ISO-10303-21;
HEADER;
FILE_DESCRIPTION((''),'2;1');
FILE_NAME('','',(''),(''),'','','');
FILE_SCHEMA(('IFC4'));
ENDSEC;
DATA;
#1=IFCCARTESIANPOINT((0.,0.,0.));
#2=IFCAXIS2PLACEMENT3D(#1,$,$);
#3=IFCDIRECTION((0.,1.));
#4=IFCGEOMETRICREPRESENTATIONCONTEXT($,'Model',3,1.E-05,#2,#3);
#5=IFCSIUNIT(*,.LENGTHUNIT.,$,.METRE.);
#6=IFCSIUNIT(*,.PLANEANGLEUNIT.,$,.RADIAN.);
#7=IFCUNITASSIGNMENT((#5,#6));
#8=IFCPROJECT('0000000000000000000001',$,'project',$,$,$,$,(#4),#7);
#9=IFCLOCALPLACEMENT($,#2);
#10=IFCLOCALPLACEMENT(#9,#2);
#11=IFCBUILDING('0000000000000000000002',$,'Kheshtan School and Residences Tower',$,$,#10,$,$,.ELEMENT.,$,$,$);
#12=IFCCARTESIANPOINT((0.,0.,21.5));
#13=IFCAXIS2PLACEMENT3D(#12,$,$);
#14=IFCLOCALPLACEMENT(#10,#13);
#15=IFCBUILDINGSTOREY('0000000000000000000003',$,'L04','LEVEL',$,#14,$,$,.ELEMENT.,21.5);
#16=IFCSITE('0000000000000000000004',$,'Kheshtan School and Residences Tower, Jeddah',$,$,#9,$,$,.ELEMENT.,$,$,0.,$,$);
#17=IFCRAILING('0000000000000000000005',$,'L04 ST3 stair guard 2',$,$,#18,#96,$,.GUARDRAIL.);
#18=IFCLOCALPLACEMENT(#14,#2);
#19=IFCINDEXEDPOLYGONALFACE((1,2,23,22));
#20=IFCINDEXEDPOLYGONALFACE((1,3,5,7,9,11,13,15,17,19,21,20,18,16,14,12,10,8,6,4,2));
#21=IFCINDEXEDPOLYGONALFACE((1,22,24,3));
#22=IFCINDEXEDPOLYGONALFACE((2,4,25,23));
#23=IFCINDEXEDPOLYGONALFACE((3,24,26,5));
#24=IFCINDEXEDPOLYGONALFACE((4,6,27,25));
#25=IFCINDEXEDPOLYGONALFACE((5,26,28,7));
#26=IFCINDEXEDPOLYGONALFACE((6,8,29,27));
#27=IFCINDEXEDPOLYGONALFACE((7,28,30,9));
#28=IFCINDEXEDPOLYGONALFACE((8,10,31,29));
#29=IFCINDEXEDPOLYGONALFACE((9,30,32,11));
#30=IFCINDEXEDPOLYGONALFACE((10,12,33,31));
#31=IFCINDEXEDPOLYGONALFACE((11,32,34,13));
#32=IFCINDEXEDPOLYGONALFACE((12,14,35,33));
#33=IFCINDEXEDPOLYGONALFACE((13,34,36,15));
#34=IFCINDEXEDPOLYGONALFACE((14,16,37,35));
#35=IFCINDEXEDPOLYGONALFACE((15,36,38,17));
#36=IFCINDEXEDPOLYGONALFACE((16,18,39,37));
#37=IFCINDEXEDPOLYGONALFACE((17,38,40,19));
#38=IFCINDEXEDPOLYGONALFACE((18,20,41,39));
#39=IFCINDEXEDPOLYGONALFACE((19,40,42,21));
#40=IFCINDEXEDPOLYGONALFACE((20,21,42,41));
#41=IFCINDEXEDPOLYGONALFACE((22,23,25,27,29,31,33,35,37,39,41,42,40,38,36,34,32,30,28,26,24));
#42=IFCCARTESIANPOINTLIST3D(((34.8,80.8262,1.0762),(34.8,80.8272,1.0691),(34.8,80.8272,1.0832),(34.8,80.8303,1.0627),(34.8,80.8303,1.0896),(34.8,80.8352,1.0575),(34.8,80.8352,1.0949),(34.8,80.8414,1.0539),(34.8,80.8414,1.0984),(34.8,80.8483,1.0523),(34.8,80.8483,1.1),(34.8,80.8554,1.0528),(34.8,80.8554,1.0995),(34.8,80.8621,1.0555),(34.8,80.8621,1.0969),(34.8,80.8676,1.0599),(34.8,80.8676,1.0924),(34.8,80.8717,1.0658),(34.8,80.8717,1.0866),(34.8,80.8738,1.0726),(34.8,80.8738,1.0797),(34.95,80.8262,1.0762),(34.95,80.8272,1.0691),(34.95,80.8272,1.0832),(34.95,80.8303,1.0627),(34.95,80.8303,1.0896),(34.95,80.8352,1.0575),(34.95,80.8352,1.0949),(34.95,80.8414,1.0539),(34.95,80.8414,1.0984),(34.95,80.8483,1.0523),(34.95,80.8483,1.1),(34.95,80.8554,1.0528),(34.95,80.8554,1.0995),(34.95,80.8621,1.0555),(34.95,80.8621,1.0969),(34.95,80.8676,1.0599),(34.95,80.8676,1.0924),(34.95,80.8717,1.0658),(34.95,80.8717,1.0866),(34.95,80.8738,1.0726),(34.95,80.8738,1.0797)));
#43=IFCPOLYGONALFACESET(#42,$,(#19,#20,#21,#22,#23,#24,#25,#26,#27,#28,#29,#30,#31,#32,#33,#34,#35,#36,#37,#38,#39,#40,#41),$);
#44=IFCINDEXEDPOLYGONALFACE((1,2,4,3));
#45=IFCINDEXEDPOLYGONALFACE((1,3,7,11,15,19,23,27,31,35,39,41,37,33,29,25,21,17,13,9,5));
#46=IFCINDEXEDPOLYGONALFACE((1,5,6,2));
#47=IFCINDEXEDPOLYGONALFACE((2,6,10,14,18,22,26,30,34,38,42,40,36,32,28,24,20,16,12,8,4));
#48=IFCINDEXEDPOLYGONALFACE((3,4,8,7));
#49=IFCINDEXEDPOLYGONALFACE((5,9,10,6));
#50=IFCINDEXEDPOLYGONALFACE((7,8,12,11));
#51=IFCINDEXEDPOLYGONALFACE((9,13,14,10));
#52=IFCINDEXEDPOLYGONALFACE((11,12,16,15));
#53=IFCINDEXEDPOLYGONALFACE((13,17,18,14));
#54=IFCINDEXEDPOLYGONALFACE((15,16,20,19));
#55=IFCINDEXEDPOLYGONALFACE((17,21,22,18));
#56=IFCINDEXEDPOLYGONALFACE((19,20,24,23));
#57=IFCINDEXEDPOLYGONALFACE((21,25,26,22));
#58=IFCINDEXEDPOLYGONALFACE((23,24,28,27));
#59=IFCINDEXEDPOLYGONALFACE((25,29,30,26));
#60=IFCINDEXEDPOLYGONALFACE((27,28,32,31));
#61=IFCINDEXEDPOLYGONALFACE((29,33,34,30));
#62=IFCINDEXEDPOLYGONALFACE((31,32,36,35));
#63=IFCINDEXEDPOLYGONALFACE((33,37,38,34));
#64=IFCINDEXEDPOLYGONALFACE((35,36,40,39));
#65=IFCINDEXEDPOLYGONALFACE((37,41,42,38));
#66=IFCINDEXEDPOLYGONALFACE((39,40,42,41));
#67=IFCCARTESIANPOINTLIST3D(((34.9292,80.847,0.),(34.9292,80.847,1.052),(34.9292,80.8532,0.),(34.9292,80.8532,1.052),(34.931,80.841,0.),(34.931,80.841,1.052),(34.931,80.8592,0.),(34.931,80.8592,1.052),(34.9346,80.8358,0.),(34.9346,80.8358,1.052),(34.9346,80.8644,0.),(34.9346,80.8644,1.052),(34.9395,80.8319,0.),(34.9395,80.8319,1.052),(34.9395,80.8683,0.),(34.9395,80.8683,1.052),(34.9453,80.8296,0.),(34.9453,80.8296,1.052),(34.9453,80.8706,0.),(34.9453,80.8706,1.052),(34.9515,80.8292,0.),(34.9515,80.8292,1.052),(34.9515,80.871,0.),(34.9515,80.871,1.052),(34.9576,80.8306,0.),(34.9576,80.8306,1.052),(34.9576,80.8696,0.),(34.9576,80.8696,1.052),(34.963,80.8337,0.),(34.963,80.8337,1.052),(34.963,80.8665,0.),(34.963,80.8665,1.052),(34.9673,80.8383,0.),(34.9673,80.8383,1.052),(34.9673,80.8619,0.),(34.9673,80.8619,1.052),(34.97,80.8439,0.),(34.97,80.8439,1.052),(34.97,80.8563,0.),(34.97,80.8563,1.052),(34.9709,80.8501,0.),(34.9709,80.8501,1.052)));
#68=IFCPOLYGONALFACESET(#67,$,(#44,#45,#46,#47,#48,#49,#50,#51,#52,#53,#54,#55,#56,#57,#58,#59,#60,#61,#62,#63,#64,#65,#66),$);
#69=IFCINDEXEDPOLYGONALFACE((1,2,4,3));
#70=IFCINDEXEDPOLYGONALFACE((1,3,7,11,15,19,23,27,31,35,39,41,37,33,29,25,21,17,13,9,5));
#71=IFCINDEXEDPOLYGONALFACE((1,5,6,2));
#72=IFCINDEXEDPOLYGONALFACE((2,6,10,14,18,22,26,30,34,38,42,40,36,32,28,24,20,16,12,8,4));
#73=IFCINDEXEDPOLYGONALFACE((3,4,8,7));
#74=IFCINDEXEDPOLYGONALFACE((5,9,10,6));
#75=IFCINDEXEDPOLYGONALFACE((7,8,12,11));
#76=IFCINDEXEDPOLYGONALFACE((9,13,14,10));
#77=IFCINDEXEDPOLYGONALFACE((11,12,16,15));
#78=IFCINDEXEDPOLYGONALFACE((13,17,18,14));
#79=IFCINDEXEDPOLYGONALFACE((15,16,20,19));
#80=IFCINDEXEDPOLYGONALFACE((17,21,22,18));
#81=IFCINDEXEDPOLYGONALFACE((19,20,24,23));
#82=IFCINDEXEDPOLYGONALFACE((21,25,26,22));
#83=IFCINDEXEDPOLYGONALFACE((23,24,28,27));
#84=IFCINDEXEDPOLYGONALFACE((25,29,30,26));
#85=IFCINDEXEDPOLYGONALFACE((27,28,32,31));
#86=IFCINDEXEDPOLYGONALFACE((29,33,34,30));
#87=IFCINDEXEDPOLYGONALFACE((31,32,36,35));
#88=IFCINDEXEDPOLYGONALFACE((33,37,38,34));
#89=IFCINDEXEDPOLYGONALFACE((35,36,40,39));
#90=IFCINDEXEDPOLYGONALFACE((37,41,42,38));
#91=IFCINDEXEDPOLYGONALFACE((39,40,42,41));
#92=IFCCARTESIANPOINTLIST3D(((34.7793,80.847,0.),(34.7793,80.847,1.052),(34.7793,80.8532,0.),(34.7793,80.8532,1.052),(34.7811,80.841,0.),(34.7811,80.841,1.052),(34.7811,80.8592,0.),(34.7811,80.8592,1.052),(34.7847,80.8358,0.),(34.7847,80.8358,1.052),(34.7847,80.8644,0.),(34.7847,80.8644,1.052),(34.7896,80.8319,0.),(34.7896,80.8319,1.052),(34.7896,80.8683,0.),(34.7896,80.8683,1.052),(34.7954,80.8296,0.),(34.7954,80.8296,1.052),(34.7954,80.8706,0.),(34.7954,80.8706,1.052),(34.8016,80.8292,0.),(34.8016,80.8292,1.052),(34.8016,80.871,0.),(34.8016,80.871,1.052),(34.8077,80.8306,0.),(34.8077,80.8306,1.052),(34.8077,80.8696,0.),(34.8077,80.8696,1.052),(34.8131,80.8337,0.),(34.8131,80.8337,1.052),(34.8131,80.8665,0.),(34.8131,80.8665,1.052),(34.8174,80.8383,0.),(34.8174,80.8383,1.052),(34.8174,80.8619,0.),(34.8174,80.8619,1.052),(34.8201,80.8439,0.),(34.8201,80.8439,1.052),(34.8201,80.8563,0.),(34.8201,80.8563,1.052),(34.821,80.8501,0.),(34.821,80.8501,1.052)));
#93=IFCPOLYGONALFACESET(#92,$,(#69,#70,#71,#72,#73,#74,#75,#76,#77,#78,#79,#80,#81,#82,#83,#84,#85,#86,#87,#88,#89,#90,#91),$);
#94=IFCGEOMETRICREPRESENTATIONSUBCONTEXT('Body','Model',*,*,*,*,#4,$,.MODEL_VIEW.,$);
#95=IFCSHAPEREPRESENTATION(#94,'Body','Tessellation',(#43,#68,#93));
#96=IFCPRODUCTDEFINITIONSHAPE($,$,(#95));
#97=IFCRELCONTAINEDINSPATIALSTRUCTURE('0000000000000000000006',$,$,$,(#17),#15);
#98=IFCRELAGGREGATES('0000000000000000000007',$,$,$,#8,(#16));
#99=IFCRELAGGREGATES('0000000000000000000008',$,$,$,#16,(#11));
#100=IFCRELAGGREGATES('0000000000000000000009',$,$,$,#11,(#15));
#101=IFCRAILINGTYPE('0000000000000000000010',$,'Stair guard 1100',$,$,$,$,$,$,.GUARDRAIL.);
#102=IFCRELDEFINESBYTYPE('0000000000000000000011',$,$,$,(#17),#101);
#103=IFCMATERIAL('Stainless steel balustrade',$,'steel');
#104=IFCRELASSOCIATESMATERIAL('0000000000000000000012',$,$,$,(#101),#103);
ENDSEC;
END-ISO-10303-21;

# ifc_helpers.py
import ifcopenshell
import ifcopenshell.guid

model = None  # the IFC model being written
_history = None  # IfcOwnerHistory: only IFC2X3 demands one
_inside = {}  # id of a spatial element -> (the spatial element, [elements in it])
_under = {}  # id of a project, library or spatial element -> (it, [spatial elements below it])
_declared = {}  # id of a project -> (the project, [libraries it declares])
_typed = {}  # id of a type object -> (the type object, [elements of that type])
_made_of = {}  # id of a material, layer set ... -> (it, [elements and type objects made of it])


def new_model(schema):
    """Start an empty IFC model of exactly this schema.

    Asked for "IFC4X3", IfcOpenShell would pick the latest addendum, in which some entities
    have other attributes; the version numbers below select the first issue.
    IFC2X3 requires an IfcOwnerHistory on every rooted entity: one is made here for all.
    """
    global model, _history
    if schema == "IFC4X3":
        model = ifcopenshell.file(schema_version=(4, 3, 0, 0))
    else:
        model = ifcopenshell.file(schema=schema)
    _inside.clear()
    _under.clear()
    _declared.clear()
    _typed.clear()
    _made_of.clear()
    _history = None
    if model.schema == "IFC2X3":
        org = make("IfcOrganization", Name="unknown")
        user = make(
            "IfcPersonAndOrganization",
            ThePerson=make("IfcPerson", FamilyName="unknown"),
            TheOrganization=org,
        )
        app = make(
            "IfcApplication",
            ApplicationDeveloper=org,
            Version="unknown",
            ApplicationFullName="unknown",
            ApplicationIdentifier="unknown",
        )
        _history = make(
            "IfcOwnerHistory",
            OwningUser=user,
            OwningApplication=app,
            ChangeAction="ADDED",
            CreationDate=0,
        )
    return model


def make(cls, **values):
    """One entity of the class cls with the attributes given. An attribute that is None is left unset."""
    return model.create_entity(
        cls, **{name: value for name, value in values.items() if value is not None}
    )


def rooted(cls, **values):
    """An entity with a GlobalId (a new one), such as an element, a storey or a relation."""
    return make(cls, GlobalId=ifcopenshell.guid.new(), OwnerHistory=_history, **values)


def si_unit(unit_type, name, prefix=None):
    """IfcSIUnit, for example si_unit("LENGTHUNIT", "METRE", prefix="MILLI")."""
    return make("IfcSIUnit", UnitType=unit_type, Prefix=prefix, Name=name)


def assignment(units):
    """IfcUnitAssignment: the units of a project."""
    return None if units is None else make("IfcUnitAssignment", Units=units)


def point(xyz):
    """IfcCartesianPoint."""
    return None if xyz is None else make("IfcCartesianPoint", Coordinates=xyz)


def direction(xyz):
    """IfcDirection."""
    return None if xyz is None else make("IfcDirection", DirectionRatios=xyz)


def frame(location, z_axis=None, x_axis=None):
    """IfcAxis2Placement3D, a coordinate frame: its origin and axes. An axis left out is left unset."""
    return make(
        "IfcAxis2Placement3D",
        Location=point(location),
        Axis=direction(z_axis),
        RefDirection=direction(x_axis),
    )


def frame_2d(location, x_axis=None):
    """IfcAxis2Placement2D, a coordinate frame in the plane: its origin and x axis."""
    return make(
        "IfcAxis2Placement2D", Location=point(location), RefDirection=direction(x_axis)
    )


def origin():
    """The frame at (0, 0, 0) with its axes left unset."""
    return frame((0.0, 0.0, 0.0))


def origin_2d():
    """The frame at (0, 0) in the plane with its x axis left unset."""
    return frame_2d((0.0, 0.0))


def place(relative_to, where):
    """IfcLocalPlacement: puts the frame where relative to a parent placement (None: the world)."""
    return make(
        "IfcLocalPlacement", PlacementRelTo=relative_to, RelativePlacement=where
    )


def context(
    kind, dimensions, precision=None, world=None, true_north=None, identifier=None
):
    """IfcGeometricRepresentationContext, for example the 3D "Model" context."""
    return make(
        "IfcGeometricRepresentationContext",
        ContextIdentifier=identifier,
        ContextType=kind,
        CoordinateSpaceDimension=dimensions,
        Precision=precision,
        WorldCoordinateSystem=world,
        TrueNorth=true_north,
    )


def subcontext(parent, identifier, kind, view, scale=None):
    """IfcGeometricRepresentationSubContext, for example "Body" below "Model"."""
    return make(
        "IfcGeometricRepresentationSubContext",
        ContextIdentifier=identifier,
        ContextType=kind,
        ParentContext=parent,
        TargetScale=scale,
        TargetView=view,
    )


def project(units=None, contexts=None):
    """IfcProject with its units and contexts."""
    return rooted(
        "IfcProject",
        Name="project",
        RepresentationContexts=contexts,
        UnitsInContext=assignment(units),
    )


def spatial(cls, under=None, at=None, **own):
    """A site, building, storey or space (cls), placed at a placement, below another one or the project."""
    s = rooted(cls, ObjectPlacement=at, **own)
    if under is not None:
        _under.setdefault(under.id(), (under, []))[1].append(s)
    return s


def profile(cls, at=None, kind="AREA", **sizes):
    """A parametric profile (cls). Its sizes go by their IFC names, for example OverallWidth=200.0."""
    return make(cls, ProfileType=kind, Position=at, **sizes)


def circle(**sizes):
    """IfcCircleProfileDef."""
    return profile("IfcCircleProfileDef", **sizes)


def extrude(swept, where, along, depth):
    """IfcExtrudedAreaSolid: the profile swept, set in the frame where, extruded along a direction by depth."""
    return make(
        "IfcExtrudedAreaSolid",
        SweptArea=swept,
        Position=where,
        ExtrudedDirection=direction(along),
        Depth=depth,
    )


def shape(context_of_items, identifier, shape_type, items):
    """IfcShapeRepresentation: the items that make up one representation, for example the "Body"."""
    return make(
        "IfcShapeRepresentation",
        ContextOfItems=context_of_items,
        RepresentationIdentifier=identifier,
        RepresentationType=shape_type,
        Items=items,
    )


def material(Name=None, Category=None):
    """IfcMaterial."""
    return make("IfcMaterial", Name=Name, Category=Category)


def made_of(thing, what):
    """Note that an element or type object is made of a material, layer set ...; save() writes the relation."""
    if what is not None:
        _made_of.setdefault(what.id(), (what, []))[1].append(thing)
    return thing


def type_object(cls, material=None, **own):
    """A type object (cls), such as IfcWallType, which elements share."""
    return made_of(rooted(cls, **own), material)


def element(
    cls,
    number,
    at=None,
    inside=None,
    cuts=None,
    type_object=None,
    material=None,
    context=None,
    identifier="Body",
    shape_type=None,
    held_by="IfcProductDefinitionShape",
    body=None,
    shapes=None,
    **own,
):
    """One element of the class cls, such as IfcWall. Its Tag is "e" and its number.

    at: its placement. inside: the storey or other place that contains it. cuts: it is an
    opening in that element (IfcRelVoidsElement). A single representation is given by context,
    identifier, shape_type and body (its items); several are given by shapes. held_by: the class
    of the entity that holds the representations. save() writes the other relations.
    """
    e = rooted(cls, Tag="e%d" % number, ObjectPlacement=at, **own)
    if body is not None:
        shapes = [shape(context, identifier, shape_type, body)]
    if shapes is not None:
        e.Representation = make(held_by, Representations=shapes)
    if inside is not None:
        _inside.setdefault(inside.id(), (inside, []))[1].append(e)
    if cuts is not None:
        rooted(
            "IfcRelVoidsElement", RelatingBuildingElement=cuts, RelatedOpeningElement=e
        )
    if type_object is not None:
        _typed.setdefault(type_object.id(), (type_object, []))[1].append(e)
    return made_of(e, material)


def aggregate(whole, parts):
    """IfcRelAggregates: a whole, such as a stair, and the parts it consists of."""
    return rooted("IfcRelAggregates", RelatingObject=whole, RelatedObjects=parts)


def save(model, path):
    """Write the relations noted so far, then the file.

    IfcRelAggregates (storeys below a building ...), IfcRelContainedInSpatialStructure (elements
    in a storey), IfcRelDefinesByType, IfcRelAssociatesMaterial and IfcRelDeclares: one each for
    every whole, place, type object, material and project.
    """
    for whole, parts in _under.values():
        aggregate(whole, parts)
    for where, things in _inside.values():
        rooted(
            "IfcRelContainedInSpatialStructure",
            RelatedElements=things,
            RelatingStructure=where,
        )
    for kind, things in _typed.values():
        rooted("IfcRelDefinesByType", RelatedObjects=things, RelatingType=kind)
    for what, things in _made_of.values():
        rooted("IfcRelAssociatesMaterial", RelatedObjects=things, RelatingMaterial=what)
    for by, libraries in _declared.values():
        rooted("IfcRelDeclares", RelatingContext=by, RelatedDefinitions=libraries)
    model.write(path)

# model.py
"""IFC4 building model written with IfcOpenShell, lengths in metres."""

from ifc_helpers import new_model, si_unit, direction, frame, origin, origin_2d, place, context, subcontext, project, spatial, circle, extrude, material, type_object, element, save


model = new_model("IFC4")

# Units and contexts
model_context = context("Model", 3, precision=1e-05, world=origin(), true_north=direction((0.0, 1.0)))
body_context = subcontext(model_context, "Body", "Model", "MODEL_VIEW")
ifc_project = project(units=[si_unit("LENGTHUNIT", "METRE"), si_unit("PLANEANGLEUNIT", "RADIAN")], contexts=[model_context])

# Site, building, storey
site_placement = place(None, origin())
site = spatial("IfcSite", under=ifc_project, at=site_placement, Name="Kheshtan School and Residences Tower, Jeddah", CompositionType="ELEMENT", RefElevation=0.0)
building_placement = place(site_placement, origin())
building = spatial("IfcBuilding", under=site, at=building_placement, Name="Kheshtan School and Residences Tower", CompositionType="ELEMENT")
storey_placement = place(building_placement, frame((0.0, 0.0, 21.5)))
storey = spatial("IfcBuildingStorey", under=building, at=storey_placement, Name="L04", Description="LEVEL", CompositionType="ELEMENT", Elevation=21.5)

# Railing
ifc_material_1 = material(Name="Stainless steel balustrade", Category="steel")
railing_type_1 = type_object("IfcRailingType", Name="Stair guard 1100", PredefinedType="GUARDRAIL", material=ifc_material_1)
railing_1_placement = place(storey_placement, frame((34.95, 80.8501, 0.0)))
element("IfcRailing", 1, at=railing_1_placement, inside=storey, type_object=railing_type_1, Name="L04 ST3 stair guard 2", PredefinedType="GUARDRAIL", context=body_context, shape_type="SweptSolid", body=[
    extrude(circle(Radius=0.0239, at=origin_2d()), frame((0.0, 0.0, 1.0762), z_axis=(-1.0, 0.0, 0.0), x_axis=(0.0, -1.0, 0.0)), (0.0, 0.0, 1.0), 0.1499),
    extrude(circle(Radius=0.021, at=origin_2d()), origin(), (0.0, 0.0, 1.0), 1.052),
    extrude(circle(Radius=0.021, at=origin_2d()), frame((-0.1499, 0.0, 0.0)), (0.0, 0.0, 1.0), 1.052),
])

save(model, "model.ifc")
